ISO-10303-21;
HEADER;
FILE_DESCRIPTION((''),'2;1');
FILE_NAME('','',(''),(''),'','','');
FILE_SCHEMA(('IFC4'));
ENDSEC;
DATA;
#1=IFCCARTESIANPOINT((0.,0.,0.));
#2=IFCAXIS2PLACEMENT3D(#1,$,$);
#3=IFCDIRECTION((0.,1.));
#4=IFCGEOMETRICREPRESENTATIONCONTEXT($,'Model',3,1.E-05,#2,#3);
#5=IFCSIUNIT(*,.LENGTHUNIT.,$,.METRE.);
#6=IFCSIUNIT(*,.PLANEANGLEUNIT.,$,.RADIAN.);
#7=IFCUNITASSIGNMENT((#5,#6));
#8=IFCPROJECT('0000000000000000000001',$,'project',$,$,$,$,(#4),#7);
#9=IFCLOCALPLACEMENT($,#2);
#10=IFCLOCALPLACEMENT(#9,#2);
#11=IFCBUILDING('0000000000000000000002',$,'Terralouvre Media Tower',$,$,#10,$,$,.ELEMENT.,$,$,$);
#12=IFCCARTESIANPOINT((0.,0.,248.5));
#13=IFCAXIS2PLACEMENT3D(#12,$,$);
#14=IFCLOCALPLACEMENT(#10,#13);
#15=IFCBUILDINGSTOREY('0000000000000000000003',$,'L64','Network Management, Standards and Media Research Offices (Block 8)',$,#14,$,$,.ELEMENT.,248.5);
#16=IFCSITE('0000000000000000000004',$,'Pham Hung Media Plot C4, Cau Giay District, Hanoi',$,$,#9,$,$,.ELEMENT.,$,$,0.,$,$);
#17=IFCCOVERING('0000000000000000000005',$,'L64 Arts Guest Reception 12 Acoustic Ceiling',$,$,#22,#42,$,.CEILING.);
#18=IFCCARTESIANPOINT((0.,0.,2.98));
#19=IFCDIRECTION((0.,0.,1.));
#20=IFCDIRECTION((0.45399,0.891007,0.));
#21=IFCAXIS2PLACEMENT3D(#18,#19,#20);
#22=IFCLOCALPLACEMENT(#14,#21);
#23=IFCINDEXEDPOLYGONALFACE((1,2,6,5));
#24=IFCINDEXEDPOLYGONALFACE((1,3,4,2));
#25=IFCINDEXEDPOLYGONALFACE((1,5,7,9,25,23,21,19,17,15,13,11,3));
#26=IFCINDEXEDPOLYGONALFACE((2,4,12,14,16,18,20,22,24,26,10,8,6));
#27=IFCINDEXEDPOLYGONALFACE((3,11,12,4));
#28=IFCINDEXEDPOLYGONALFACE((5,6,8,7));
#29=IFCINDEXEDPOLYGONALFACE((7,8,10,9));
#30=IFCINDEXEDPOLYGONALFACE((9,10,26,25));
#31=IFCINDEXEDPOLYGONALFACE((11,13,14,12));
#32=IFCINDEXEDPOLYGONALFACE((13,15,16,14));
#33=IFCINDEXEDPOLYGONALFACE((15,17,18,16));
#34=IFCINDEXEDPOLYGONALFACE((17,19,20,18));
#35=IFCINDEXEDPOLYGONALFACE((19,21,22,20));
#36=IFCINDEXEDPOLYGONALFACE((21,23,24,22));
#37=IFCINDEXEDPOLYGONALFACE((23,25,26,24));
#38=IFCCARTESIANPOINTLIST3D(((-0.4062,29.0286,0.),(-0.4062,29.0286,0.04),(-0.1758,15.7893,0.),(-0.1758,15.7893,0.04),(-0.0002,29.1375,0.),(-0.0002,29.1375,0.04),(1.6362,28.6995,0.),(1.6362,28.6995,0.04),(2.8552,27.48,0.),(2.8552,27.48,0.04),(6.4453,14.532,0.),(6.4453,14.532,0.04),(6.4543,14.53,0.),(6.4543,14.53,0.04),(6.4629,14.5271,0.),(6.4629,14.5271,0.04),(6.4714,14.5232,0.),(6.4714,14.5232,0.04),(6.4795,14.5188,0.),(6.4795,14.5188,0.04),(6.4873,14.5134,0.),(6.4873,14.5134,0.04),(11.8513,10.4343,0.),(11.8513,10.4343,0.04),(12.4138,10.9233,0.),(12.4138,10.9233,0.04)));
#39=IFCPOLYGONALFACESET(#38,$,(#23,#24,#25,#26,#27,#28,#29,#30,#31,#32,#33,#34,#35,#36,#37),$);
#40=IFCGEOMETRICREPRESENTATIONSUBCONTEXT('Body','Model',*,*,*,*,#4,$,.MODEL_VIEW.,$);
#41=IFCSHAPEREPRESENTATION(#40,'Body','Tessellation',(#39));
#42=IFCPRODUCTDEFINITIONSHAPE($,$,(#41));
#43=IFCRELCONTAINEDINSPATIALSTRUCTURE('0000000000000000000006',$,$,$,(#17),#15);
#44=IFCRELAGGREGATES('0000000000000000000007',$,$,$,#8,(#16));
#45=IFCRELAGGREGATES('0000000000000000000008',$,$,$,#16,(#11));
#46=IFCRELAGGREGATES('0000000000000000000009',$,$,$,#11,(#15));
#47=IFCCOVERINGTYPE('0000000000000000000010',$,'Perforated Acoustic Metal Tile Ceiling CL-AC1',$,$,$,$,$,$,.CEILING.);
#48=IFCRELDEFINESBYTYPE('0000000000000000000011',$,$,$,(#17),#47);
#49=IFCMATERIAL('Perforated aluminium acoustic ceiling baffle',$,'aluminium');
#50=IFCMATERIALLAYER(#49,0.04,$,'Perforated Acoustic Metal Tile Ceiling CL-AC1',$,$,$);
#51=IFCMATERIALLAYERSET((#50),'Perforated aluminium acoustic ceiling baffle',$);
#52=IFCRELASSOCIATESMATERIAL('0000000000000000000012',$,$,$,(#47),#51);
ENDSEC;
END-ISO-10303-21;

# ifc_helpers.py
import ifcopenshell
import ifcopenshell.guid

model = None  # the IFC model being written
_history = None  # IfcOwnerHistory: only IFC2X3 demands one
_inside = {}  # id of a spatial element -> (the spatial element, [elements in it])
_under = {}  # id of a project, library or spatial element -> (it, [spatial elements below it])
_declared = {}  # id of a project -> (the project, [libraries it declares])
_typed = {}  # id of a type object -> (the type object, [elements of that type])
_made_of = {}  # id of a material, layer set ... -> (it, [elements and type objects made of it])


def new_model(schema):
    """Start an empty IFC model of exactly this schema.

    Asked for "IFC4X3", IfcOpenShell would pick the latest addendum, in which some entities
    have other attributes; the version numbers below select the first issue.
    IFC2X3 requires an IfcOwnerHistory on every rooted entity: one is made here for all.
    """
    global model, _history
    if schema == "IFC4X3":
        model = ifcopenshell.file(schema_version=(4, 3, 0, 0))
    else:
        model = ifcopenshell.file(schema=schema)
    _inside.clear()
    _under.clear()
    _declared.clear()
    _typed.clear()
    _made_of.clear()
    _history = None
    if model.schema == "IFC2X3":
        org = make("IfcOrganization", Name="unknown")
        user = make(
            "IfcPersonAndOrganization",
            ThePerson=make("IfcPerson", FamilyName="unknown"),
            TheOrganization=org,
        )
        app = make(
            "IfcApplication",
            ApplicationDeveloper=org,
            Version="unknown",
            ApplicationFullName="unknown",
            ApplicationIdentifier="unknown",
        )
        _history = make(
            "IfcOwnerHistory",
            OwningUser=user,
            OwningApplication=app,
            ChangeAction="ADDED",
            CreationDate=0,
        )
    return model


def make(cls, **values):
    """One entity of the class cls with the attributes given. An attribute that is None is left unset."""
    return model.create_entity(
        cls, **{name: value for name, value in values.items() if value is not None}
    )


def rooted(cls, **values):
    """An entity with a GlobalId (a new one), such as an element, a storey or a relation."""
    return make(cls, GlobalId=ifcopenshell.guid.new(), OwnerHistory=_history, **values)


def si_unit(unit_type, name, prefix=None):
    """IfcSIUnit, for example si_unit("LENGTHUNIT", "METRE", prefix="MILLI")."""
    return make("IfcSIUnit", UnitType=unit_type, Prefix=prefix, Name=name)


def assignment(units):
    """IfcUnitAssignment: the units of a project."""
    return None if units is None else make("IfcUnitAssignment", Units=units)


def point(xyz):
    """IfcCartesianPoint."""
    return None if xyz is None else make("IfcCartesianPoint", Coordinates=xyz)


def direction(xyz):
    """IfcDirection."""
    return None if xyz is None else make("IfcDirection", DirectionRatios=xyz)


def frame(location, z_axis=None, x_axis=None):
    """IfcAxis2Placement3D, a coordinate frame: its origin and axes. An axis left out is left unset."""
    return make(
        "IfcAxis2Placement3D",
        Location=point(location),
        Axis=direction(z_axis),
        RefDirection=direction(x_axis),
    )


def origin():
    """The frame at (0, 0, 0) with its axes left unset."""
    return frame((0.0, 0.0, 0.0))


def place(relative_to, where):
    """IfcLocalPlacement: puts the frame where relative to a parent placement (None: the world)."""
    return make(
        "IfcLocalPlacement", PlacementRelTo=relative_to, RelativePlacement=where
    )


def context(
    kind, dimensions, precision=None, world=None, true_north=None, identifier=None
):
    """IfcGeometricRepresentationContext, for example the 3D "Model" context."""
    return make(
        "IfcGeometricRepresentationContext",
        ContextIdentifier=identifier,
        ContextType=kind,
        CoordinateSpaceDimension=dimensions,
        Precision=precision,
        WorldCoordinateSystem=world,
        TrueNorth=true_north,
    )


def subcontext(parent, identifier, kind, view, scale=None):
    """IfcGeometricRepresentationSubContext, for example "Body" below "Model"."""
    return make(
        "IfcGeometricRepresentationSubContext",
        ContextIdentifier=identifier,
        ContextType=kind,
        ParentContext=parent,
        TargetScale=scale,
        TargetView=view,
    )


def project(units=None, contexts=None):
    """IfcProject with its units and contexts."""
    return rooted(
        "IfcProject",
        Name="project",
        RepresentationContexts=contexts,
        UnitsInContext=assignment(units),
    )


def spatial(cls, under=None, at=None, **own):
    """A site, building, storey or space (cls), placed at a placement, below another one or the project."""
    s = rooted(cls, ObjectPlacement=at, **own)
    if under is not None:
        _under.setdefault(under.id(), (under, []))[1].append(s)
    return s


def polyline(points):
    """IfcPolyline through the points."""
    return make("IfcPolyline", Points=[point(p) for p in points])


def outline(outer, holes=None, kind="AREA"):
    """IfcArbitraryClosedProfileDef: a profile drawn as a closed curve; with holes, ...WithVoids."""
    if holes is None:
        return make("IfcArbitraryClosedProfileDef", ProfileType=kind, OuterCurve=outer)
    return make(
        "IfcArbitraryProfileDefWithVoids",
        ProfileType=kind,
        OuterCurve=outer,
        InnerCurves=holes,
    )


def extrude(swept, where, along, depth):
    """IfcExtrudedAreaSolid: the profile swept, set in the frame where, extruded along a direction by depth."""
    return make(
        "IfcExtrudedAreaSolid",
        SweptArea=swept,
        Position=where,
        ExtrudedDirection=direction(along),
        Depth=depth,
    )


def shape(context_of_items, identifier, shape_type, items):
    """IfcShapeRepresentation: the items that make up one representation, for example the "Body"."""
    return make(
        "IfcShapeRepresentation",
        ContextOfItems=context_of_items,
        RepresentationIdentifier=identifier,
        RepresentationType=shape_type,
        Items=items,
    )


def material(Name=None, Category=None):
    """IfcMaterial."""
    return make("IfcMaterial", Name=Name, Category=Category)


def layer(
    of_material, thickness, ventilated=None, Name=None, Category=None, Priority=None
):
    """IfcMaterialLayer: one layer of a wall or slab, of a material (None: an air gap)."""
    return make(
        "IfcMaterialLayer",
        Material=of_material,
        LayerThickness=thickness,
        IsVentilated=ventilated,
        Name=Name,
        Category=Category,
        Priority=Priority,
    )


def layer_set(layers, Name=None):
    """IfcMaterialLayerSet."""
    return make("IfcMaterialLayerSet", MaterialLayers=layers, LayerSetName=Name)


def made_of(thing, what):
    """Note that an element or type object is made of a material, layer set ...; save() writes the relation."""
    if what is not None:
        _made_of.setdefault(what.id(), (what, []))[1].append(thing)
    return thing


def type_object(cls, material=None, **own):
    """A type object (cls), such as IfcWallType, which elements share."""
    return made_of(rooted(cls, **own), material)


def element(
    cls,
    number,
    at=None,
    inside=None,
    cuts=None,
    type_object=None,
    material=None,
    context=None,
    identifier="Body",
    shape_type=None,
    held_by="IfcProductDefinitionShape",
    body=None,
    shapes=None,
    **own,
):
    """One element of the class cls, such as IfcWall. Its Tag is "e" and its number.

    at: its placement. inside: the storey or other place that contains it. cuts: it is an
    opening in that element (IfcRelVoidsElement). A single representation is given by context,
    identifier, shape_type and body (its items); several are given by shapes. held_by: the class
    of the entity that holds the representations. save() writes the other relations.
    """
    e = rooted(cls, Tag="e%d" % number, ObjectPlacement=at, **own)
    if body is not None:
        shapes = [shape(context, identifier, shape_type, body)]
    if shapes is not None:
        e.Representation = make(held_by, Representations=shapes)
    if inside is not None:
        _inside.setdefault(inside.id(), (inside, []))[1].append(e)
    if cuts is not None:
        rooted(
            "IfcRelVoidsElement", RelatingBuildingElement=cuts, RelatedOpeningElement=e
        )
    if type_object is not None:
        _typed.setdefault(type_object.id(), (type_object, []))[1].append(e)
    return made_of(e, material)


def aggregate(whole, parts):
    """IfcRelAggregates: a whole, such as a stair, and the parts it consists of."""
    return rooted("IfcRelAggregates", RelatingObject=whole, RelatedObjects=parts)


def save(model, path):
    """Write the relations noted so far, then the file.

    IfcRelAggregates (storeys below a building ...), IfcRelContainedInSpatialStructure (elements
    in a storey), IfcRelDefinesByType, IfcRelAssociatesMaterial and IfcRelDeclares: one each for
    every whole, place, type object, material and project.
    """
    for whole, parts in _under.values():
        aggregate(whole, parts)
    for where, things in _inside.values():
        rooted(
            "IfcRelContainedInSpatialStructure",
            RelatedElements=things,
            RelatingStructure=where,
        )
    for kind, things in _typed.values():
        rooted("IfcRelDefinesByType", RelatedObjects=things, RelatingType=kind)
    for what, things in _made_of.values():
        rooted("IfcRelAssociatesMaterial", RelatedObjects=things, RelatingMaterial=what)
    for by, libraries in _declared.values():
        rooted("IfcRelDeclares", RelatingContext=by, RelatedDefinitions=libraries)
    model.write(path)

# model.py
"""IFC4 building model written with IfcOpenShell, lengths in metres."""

from ifc_helpers import new_model, si_unit, direction, frame, origin, place, context, subcontext, project, spatial, polyline, outline, extrude, material, layer, layer_set, type_object, element, save


model = new_model("IFC4")

# Units and contexts
model_context = context("Model", 3, precision=1e-05, world=origin(), true_north=direction((0.0, 1.0)))
body_context = subcontext(model_context, "Body", "Model", "MODEL_VIEW")
ifc_project = project(units=[si_unit("LENGTHUNIT", "METRE"), si_unit("PLANEANGLEUNIT", "RADIAN")], contexts=[model_context])

# Site, building, storey
site_placement = place(None, origin())
site = spatial("IfcSite", under=ifc_project, at=site_placement, Name="Pham Hung Media Plot C4, Cau Giay District, Hanoi", CompositionType="ELEMENT", RefElevation=0.0)
building_placement = place(site_placement, origin())
building = spatial("IfcBuilding", under=site, at=building_placement, Name="Terralouvre Media Tower", CompositionType="ELEMENT")
storey_placement = place(building_placement, frame((0.0, 0.0, 248.5)))
storey = spatial("IfcBuildingStorey", under=building, at=storey_placement, Name="L64", Description="Network Management, Standards and Media Research Offices (Block 8)", CompositionType="ELEMENT", Elevation=248.5)

# Covering
ifc_material_1 = material(Name="Perforated aluminium acoustic ceiling baffle", Category="aluminium")
ifc_layer_1 = layer(ifc_material_1, 0.04, Name="Perforated Acoustic Metal Tile Ceiling CL-AC1")
ifc_layer_set_1 = layer_set([ifc_layer_1], Name="Perforated aluminium acoustic ceiling baffle")
covering_type = type_object("IfcCoveringType", Name="Perforated Acoustic Metal Tile Ceiling CL-AC1", PredefinedType="CEILING", material=ifc_layer_set_1)
covering_placement = place(storey_placement, frame((0.0, 0.0, 2.98), z_axis=(0.0, 0.0, 1.0), x_axis=(0.45399, 0.891007, 0.0)))
element("IfcCovering", 1, at=covering_placement, inside=storey, type_object=covering_type, Name="L64 Arts Guest Reception 12 Acoustic Ceiling", PredefinedType="CEILING", context=body_context, shape_type="SweptSolid", body=[
    extrude(outline(polyline([(6.4453, 14.532), (6.4543, 14.53), (6.4629, 14.5271), (6.4714, 14.5232), (6.4795, 14.5188), (6.4873, 14.5134), (11.8513, 10.4343), (12.4138, 10.9233), (2.8552, 27.48), (1.6362, 28.6995), (-0.0002, 29.1375), (-0.4062, 29.0286), (-0.1758, 15.7893), (6.4453, 14.532)])), origin(), (0.0, 0.0, 1.0), 0.04),
])

save(model, "model.ifc")
